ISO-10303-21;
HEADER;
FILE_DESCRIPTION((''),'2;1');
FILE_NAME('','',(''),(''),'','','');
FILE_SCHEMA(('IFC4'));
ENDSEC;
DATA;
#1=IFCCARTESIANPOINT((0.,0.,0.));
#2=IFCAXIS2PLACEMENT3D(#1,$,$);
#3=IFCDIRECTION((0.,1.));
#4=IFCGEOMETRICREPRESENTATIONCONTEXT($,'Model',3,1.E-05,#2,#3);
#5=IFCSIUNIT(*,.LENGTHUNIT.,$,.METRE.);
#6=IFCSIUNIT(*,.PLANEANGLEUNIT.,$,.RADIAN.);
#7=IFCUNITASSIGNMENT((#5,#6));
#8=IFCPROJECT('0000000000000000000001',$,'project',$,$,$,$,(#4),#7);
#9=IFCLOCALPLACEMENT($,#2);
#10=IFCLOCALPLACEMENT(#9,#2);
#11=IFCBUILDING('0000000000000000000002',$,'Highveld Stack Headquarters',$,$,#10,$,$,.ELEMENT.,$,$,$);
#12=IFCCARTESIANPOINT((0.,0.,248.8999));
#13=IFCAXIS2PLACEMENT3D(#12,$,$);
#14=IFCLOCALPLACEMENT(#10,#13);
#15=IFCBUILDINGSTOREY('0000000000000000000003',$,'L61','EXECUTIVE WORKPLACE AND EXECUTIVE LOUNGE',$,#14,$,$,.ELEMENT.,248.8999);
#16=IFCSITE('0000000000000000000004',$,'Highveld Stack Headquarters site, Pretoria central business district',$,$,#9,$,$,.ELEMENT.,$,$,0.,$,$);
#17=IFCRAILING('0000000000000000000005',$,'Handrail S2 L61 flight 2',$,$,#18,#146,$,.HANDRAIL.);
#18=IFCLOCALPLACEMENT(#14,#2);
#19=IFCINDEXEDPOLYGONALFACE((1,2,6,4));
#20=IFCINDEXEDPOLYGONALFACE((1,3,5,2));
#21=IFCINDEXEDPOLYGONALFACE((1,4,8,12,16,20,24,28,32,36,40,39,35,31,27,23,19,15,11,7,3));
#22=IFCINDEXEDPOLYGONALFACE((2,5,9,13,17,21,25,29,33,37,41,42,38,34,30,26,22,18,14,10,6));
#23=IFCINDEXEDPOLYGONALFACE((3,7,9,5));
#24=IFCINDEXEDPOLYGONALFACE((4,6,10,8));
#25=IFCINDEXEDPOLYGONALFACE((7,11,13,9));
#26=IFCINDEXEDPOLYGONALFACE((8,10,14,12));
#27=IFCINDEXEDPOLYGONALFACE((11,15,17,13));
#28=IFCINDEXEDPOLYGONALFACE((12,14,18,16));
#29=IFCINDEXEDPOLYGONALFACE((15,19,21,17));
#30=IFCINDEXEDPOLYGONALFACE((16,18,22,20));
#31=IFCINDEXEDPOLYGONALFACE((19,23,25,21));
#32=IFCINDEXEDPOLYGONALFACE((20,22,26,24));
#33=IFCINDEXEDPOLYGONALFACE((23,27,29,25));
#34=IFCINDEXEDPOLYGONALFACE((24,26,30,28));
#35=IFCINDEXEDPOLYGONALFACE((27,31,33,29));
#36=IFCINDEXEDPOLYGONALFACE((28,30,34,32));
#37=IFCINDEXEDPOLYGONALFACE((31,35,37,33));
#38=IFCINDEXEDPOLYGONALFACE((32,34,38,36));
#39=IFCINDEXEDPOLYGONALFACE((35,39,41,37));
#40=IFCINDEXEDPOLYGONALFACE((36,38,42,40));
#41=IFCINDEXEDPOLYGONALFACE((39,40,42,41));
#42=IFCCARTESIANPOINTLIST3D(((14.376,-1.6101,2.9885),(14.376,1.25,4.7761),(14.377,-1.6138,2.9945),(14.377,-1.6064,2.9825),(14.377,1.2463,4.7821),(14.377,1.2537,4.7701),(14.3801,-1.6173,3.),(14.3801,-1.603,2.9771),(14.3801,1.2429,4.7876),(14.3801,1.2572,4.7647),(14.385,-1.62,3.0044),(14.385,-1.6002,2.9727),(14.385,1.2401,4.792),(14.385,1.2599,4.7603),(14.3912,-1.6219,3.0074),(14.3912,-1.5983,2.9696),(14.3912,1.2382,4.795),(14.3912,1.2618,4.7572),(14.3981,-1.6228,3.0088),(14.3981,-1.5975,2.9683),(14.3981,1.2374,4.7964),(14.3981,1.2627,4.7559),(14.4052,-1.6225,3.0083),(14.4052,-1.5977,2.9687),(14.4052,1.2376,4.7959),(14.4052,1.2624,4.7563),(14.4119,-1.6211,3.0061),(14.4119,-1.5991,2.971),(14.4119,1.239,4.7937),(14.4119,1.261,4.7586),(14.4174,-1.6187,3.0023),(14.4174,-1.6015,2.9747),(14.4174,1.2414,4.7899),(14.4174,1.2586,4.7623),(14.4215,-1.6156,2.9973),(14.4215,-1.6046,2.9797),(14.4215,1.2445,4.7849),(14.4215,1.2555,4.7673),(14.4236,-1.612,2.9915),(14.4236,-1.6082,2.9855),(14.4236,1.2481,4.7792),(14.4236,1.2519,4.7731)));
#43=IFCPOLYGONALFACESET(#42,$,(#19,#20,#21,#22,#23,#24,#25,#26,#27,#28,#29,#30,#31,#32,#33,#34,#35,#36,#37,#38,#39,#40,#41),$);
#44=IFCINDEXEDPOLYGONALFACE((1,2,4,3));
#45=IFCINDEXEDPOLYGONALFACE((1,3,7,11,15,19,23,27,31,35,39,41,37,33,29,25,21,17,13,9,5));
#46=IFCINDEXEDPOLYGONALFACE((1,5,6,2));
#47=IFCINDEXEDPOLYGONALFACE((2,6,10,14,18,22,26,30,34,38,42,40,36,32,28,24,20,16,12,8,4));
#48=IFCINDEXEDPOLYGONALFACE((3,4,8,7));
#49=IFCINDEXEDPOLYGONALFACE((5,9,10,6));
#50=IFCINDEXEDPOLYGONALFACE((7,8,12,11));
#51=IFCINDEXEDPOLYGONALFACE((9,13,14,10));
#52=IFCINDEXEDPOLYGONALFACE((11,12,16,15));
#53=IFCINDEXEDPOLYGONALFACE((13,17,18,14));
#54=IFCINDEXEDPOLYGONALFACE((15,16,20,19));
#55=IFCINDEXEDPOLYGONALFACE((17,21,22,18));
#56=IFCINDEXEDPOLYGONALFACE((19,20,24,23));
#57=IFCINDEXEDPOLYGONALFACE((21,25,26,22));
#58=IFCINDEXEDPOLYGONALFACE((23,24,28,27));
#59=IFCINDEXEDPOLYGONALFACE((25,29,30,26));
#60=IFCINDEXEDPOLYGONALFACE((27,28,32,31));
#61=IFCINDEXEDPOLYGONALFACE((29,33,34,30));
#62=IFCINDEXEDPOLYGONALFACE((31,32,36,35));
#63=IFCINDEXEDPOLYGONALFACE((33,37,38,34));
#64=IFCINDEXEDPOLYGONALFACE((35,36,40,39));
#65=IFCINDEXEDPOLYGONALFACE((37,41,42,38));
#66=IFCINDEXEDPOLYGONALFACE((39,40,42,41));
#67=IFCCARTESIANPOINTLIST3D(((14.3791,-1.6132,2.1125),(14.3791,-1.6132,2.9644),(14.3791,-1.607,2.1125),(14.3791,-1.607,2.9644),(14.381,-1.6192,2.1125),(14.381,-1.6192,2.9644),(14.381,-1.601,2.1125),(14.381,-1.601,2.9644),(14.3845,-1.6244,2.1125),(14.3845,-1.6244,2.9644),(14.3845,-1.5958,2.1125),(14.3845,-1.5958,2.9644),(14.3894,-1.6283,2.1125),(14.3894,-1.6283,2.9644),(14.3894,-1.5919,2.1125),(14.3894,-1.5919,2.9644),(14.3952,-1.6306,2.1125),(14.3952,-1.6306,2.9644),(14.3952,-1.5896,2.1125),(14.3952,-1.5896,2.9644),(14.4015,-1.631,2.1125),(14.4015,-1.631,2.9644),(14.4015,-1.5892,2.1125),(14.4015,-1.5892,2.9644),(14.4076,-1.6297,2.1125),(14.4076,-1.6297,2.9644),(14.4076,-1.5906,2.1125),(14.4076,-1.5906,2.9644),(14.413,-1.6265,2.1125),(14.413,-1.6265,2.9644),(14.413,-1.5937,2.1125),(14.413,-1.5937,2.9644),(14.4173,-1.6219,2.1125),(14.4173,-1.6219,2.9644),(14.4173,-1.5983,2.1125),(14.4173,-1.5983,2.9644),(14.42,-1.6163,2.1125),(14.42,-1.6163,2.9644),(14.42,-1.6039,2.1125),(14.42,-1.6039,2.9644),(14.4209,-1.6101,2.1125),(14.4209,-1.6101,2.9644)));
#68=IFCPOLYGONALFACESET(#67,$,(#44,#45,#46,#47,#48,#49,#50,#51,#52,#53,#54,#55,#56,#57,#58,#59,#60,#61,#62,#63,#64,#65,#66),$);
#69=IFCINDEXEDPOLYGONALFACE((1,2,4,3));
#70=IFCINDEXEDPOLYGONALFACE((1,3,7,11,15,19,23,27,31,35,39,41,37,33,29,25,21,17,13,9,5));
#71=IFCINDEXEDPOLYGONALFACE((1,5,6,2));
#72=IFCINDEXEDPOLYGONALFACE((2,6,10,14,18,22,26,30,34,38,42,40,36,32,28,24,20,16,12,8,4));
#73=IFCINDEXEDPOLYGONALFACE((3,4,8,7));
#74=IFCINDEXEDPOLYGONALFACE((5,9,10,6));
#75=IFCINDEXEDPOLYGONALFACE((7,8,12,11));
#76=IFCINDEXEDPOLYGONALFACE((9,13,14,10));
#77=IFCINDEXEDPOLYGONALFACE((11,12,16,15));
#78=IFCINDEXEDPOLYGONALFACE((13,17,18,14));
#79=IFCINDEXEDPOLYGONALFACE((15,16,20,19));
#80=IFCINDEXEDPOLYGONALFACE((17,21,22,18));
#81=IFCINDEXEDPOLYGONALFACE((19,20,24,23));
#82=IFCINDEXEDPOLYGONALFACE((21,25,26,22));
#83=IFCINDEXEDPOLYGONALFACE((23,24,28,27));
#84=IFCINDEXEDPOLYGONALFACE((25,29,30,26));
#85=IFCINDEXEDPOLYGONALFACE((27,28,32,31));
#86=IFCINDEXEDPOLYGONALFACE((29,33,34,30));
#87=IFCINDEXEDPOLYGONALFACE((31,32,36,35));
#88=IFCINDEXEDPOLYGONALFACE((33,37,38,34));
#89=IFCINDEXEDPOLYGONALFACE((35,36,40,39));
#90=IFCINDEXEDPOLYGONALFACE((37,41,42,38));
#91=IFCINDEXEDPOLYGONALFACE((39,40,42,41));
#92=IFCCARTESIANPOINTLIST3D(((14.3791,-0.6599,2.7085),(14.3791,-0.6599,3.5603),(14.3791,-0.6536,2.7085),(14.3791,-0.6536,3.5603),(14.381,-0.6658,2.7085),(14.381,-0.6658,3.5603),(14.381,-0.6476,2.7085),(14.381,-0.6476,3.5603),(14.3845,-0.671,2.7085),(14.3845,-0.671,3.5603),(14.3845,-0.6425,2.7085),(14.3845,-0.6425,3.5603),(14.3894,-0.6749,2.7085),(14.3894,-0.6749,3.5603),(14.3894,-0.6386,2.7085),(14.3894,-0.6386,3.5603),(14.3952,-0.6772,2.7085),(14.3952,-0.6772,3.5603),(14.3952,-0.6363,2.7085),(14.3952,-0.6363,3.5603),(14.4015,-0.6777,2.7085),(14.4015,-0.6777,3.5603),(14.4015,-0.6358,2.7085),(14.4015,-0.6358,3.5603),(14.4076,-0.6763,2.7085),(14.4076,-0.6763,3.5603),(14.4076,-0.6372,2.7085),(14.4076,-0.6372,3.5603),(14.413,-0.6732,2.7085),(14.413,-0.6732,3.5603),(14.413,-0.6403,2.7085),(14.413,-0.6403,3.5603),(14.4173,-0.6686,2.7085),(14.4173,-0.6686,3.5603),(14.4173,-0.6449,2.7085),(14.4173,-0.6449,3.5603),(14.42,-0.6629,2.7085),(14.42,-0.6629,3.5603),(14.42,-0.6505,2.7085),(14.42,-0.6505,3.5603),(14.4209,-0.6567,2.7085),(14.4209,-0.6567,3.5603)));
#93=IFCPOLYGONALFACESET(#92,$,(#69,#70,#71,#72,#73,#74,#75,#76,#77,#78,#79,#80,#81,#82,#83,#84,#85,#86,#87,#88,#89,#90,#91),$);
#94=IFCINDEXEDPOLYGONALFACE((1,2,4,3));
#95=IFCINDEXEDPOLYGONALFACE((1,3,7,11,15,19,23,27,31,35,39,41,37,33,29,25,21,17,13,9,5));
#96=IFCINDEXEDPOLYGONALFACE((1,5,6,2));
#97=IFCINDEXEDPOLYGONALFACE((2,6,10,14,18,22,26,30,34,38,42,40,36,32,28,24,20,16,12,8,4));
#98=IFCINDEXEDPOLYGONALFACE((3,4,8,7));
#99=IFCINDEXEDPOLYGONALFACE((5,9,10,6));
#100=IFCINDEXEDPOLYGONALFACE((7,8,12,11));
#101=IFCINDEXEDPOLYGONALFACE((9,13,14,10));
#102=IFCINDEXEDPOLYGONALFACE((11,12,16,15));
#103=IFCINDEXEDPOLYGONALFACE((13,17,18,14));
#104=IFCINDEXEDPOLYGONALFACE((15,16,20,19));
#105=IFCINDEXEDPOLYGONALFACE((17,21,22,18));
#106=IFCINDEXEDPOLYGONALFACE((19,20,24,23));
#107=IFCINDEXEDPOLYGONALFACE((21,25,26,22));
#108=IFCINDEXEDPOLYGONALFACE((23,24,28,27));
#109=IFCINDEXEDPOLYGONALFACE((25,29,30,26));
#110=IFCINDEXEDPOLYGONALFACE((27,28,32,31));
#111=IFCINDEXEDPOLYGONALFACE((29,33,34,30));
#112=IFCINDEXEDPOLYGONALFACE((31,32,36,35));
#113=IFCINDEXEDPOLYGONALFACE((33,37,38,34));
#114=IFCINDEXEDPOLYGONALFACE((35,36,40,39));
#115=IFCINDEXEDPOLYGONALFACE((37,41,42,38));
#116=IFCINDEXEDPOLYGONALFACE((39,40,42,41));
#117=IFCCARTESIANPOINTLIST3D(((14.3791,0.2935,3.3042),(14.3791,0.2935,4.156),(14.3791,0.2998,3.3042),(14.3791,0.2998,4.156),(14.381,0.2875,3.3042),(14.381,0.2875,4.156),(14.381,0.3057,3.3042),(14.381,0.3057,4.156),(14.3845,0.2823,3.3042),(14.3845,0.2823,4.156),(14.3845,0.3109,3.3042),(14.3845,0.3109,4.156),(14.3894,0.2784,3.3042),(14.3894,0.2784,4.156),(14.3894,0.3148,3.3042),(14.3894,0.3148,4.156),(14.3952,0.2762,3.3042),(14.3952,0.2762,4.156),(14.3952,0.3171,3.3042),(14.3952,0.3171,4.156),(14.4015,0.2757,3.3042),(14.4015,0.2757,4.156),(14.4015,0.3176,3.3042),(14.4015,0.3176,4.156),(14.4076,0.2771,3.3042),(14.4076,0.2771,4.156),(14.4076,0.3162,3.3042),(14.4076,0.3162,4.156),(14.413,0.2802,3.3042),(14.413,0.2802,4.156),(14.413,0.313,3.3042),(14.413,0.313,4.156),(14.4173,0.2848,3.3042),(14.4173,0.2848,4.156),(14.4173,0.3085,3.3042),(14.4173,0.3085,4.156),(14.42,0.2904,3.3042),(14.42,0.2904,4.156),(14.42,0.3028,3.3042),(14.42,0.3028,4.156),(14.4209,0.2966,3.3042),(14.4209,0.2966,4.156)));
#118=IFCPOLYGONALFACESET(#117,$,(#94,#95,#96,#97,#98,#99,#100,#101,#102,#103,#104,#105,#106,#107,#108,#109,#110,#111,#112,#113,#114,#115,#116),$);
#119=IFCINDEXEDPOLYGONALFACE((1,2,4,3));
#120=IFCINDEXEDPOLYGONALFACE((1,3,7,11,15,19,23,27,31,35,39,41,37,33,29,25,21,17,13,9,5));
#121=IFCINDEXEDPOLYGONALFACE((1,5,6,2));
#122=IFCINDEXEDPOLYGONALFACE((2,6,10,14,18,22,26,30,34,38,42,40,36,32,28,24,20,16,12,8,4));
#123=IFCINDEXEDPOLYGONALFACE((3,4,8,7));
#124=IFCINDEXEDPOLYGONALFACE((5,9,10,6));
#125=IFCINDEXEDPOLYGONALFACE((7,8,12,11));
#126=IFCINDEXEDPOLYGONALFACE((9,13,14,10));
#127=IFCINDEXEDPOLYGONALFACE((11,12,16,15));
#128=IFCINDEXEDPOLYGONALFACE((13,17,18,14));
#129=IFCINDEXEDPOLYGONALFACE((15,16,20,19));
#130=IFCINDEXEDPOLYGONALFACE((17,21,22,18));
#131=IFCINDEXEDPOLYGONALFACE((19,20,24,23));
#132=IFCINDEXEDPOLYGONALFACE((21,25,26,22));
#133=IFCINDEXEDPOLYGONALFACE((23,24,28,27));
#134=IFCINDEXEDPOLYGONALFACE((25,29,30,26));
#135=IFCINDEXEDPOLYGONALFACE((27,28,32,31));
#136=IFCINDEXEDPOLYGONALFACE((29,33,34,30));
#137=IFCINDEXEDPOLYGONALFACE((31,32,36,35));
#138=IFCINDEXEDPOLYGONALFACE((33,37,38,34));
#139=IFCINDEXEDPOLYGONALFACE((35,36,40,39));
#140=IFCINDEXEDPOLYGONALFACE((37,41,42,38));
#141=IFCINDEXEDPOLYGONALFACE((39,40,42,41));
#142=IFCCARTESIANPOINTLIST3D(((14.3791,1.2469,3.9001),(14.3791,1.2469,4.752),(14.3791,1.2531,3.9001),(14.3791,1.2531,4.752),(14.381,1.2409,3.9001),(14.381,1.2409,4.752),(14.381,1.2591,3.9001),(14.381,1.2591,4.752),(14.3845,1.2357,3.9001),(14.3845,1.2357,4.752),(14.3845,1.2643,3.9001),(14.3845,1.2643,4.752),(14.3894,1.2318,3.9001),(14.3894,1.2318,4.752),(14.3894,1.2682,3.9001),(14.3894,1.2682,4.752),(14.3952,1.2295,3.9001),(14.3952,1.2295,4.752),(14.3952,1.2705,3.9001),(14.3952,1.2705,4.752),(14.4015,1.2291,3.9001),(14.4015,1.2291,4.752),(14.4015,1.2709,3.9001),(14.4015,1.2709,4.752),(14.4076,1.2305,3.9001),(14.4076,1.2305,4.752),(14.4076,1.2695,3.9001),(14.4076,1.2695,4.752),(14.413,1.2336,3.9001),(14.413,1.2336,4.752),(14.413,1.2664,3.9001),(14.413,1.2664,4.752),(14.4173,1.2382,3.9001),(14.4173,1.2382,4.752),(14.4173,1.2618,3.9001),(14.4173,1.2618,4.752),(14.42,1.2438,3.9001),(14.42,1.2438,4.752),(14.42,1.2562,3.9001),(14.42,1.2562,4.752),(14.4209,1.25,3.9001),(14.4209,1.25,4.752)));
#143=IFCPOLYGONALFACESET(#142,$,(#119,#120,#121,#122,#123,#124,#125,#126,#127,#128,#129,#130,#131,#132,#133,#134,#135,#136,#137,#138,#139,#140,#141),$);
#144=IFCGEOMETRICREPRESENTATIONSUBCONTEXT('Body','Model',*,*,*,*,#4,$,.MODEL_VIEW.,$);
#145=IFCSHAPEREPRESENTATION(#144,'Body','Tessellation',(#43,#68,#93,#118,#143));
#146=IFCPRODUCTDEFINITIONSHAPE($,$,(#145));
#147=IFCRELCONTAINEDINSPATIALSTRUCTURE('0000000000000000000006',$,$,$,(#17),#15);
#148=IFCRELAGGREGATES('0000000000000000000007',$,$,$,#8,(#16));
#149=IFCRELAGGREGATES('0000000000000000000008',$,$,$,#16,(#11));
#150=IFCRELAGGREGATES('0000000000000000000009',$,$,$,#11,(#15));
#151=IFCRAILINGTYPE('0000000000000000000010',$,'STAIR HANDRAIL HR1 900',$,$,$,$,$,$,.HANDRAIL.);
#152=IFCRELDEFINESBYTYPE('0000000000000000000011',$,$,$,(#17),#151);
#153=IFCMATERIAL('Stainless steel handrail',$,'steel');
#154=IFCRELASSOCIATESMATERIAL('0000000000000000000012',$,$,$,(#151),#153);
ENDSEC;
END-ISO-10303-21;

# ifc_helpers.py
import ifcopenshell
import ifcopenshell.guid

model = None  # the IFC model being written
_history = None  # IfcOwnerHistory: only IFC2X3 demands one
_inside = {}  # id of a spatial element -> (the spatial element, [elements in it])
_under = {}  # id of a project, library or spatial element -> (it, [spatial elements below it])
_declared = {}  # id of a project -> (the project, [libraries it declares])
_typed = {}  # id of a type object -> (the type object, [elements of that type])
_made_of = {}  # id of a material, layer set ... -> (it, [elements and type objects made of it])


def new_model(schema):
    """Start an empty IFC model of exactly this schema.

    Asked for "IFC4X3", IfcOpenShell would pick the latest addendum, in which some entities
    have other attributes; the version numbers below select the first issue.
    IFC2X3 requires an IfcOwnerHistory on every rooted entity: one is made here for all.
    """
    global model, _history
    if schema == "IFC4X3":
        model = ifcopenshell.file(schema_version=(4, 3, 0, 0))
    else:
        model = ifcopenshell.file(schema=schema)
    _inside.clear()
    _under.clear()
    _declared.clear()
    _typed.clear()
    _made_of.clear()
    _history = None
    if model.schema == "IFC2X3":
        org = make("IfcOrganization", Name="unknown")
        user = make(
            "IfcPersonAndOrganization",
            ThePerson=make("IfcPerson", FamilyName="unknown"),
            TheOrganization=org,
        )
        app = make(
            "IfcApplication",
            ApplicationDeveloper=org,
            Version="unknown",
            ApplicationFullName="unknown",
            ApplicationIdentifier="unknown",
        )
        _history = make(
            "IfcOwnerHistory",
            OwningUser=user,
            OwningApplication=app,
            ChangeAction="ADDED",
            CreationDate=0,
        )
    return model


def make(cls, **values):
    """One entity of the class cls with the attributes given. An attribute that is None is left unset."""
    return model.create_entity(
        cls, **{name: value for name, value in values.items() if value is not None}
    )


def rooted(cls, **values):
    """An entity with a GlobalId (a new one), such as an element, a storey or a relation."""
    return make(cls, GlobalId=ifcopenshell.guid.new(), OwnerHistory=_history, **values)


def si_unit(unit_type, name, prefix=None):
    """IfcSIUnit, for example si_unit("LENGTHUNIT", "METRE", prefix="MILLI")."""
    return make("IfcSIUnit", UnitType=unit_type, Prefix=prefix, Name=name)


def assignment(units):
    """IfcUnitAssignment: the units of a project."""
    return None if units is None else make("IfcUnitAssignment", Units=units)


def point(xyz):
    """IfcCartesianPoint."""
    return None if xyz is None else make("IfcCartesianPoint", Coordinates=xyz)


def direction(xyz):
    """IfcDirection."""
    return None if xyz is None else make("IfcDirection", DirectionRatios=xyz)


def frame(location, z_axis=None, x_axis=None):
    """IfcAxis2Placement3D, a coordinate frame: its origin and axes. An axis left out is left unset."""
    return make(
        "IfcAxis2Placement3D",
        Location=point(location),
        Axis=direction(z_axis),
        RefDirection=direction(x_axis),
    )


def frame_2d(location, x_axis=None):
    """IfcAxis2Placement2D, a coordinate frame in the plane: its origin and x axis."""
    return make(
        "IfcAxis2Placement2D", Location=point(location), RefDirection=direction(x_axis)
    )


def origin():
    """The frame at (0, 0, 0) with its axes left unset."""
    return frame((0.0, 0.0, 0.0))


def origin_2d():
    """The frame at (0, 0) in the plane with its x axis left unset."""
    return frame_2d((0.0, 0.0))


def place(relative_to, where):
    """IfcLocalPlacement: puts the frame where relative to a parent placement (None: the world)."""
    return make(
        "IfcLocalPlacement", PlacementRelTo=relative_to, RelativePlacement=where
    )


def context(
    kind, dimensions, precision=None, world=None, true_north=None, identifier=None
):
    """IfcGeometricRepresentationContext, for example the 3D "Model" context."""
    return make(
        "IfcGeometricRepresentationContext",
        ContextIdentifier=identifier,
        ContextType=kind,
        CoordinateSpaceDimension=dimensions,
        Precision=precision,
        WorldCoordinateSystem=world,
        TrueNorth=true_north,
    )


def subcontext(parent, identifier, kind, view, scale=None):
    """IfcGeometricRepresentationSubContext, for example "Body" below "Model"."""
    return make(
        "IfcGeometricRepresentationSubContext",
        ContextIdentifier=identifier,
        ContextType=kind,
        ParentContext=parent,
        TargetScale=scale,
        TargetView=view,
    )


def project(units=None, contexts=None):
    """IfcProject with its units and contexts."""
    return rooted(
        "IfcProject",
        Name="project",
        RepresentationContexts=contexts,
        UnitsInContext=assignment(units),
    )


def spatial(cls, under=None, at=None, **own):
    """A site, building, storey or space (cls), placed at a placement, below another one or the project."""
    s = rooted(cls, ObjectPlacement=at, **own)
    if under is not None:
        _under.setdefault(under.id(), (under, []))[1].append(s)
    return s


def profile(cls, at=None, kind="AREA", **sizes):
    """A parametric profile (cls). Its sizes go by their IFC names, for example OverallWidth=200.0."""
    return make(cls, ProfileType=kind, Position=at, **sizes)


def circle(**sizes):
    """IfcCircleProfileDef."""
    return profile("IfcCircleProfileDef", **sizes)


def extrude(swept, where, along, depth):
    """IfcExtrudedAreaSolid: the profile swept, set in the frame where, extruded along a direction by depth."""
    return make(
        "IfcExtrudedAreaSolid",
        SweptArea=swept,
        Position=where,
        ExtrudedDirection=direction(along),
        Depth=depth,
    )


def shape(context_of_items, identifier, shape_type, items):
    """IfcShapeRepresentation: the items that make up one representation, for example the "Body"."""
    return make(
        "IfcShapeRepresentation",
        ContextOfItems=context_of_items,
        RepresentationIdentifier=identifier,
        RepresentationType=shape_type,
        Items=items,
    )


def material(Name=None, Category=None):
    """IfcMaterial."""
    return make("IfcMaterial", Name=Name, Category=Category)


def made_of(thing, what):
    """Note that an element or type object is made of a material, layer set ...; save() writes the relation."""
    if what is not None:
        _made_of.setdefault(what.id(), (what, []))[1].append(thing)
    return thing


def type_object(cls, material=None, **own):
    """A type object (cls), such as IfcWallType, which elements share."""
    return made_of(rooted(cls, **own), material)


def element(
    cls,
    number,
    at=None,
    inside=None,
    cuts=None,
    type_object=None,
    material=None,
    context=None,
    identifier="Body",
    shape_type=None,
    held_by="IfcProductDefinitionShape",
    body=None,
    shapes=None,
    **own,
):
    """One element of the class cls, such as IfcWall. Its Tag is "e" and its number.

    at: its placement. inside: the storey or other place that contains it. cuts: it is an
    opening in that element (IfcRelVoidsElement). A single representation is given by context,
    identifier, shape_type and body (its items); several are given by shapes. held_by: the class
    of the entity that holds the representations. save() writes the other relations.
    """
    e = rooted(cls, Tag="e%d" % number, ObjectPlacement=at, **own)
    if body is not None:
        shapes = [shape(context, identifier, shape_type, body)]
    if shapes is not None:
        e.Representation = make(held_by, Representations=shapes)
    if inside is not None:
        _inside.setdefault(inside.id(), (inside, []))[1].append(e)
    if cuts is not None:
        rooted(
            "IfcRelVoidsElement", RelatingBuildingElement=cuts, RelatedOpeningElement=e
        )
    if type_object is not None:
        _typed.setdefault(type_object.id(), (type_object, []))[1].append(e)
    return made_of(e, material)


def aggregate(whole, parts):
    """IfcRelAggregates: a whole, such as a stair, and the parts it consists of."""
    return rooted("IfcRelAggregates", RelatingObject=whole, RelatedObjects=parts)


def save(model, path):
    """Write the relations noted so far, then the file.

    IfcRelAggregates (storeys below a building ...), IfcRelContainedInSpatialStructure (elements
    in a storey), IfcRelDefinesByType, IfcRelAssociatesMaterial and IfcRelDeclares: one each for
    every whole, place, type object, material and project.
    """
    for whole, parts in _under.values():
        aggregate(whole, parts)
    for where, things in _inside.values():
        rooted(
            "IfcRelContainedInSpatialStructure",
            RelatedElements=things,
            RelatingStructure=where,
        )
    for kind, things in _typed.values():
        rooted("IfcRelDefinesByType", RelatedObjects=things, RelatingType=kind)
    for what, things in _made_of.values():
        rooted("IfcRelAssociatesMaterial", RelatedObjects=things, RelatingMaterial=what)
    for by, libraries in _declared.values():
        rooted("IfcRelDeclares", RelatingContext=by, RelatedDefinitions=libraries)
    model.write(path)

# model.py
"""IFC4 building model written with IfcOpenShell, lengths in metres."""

from ifc_helpers import new_model, si_unit, direction, frame, origin, origin_2d, place, context, subcontext, project, spatial, circle, extrude, material, type_object, element, save


model = new_model("IFC4")

# Units and contexts
model_context = context("Model", 3, precision=1e-05, world=origin(), true_north=direction((0.0, 1.0)))
body_context = subcontext(model_context, "Body", "Model", "MODEL_VIEW")
ifc_project = project(units=[si_unit("LENGTHUNIT", "METRE"), si_unit("PLANEANGLEUNIT", "RADIAN")], contexts=[model_context])

# Site, building, storey
site_placement = place(None, origin())
site = spatial("IfcSite", under=ifc_project, at=site_placement, Name="Highveld Stack Headquarters site, Pretoria central business district", CompositionType="ELEMENT", RefElevation=0.0)
building_placement = place(site_placement, origin())
building = spatial("IfcBuilding", under=site, at=building_placement, Name="Highveld Stack Headquarters", CompositionType="ELEMENT")
storey_placement = place(building_placement, frame((0.0, 0.0, 248.8999)))
storey = spatial("IfcBuildingStorey", under=building, at=storey_placement, Name="L61", Description="EXECUTIVE WORKPLACE AND EXECUTIVE LOUNGE", CompositionType="ELEMENT", Elevation=248.8999)

# Railing
ifc_material_1 = material(Name="Stainless steel handrail", Category="steel")
railing_type = type_object("IfcRailingType", Name="STAIR HANDRAIL HR1 900", PredefinedType="HANDRAIL", material=ifc_material_1)
for number, where, name in (
    (1, (14.3999, -1.6101, 2.1125), "Handrail S2 L61 flight 2"),
):
    element("IfcRailing", number, at=place(storey_placement, frame(where)), inside=storey, type_object=railing_type, Name=name, PredefinedType="HANDRAIL", context=body_context, shape_type="SweptSolid", body=[
        extrude(circle(Radius=0.0239, at=origin_2d()), frame((0.0, 0.0, 0.876), z_axis=(0.0, 0.847994, 0.530005), x_axis=(-1.0, 0.0, 0.0)), (0.0, 0.0, 1.0), 3.3728),
        extrude(circle(Radius=0.021, at=origin_2d()), origin(), (0.0, 0.0, 1.0), 0.8518),
        extrude(circle(Radius=0.021, at=origin_2d()), frame((0.0, 0.9534, 0.5959)), (0.0, 0.0, 1.0), 0.8518),
        extrude(circle(Radius=0.021, at=origin_2d()), frame((0.0, 1.9067, 1.1917)), (0.0, 0.0, 1.0), 0.8518),
        extrude(circle(Radius=0.021, at=origin_2d()), frame((0.0, 2.8601, 1.7876)), (0.0, 0.0, 1.0), 0.8518),
    ])

save(model, "model.ifc")
